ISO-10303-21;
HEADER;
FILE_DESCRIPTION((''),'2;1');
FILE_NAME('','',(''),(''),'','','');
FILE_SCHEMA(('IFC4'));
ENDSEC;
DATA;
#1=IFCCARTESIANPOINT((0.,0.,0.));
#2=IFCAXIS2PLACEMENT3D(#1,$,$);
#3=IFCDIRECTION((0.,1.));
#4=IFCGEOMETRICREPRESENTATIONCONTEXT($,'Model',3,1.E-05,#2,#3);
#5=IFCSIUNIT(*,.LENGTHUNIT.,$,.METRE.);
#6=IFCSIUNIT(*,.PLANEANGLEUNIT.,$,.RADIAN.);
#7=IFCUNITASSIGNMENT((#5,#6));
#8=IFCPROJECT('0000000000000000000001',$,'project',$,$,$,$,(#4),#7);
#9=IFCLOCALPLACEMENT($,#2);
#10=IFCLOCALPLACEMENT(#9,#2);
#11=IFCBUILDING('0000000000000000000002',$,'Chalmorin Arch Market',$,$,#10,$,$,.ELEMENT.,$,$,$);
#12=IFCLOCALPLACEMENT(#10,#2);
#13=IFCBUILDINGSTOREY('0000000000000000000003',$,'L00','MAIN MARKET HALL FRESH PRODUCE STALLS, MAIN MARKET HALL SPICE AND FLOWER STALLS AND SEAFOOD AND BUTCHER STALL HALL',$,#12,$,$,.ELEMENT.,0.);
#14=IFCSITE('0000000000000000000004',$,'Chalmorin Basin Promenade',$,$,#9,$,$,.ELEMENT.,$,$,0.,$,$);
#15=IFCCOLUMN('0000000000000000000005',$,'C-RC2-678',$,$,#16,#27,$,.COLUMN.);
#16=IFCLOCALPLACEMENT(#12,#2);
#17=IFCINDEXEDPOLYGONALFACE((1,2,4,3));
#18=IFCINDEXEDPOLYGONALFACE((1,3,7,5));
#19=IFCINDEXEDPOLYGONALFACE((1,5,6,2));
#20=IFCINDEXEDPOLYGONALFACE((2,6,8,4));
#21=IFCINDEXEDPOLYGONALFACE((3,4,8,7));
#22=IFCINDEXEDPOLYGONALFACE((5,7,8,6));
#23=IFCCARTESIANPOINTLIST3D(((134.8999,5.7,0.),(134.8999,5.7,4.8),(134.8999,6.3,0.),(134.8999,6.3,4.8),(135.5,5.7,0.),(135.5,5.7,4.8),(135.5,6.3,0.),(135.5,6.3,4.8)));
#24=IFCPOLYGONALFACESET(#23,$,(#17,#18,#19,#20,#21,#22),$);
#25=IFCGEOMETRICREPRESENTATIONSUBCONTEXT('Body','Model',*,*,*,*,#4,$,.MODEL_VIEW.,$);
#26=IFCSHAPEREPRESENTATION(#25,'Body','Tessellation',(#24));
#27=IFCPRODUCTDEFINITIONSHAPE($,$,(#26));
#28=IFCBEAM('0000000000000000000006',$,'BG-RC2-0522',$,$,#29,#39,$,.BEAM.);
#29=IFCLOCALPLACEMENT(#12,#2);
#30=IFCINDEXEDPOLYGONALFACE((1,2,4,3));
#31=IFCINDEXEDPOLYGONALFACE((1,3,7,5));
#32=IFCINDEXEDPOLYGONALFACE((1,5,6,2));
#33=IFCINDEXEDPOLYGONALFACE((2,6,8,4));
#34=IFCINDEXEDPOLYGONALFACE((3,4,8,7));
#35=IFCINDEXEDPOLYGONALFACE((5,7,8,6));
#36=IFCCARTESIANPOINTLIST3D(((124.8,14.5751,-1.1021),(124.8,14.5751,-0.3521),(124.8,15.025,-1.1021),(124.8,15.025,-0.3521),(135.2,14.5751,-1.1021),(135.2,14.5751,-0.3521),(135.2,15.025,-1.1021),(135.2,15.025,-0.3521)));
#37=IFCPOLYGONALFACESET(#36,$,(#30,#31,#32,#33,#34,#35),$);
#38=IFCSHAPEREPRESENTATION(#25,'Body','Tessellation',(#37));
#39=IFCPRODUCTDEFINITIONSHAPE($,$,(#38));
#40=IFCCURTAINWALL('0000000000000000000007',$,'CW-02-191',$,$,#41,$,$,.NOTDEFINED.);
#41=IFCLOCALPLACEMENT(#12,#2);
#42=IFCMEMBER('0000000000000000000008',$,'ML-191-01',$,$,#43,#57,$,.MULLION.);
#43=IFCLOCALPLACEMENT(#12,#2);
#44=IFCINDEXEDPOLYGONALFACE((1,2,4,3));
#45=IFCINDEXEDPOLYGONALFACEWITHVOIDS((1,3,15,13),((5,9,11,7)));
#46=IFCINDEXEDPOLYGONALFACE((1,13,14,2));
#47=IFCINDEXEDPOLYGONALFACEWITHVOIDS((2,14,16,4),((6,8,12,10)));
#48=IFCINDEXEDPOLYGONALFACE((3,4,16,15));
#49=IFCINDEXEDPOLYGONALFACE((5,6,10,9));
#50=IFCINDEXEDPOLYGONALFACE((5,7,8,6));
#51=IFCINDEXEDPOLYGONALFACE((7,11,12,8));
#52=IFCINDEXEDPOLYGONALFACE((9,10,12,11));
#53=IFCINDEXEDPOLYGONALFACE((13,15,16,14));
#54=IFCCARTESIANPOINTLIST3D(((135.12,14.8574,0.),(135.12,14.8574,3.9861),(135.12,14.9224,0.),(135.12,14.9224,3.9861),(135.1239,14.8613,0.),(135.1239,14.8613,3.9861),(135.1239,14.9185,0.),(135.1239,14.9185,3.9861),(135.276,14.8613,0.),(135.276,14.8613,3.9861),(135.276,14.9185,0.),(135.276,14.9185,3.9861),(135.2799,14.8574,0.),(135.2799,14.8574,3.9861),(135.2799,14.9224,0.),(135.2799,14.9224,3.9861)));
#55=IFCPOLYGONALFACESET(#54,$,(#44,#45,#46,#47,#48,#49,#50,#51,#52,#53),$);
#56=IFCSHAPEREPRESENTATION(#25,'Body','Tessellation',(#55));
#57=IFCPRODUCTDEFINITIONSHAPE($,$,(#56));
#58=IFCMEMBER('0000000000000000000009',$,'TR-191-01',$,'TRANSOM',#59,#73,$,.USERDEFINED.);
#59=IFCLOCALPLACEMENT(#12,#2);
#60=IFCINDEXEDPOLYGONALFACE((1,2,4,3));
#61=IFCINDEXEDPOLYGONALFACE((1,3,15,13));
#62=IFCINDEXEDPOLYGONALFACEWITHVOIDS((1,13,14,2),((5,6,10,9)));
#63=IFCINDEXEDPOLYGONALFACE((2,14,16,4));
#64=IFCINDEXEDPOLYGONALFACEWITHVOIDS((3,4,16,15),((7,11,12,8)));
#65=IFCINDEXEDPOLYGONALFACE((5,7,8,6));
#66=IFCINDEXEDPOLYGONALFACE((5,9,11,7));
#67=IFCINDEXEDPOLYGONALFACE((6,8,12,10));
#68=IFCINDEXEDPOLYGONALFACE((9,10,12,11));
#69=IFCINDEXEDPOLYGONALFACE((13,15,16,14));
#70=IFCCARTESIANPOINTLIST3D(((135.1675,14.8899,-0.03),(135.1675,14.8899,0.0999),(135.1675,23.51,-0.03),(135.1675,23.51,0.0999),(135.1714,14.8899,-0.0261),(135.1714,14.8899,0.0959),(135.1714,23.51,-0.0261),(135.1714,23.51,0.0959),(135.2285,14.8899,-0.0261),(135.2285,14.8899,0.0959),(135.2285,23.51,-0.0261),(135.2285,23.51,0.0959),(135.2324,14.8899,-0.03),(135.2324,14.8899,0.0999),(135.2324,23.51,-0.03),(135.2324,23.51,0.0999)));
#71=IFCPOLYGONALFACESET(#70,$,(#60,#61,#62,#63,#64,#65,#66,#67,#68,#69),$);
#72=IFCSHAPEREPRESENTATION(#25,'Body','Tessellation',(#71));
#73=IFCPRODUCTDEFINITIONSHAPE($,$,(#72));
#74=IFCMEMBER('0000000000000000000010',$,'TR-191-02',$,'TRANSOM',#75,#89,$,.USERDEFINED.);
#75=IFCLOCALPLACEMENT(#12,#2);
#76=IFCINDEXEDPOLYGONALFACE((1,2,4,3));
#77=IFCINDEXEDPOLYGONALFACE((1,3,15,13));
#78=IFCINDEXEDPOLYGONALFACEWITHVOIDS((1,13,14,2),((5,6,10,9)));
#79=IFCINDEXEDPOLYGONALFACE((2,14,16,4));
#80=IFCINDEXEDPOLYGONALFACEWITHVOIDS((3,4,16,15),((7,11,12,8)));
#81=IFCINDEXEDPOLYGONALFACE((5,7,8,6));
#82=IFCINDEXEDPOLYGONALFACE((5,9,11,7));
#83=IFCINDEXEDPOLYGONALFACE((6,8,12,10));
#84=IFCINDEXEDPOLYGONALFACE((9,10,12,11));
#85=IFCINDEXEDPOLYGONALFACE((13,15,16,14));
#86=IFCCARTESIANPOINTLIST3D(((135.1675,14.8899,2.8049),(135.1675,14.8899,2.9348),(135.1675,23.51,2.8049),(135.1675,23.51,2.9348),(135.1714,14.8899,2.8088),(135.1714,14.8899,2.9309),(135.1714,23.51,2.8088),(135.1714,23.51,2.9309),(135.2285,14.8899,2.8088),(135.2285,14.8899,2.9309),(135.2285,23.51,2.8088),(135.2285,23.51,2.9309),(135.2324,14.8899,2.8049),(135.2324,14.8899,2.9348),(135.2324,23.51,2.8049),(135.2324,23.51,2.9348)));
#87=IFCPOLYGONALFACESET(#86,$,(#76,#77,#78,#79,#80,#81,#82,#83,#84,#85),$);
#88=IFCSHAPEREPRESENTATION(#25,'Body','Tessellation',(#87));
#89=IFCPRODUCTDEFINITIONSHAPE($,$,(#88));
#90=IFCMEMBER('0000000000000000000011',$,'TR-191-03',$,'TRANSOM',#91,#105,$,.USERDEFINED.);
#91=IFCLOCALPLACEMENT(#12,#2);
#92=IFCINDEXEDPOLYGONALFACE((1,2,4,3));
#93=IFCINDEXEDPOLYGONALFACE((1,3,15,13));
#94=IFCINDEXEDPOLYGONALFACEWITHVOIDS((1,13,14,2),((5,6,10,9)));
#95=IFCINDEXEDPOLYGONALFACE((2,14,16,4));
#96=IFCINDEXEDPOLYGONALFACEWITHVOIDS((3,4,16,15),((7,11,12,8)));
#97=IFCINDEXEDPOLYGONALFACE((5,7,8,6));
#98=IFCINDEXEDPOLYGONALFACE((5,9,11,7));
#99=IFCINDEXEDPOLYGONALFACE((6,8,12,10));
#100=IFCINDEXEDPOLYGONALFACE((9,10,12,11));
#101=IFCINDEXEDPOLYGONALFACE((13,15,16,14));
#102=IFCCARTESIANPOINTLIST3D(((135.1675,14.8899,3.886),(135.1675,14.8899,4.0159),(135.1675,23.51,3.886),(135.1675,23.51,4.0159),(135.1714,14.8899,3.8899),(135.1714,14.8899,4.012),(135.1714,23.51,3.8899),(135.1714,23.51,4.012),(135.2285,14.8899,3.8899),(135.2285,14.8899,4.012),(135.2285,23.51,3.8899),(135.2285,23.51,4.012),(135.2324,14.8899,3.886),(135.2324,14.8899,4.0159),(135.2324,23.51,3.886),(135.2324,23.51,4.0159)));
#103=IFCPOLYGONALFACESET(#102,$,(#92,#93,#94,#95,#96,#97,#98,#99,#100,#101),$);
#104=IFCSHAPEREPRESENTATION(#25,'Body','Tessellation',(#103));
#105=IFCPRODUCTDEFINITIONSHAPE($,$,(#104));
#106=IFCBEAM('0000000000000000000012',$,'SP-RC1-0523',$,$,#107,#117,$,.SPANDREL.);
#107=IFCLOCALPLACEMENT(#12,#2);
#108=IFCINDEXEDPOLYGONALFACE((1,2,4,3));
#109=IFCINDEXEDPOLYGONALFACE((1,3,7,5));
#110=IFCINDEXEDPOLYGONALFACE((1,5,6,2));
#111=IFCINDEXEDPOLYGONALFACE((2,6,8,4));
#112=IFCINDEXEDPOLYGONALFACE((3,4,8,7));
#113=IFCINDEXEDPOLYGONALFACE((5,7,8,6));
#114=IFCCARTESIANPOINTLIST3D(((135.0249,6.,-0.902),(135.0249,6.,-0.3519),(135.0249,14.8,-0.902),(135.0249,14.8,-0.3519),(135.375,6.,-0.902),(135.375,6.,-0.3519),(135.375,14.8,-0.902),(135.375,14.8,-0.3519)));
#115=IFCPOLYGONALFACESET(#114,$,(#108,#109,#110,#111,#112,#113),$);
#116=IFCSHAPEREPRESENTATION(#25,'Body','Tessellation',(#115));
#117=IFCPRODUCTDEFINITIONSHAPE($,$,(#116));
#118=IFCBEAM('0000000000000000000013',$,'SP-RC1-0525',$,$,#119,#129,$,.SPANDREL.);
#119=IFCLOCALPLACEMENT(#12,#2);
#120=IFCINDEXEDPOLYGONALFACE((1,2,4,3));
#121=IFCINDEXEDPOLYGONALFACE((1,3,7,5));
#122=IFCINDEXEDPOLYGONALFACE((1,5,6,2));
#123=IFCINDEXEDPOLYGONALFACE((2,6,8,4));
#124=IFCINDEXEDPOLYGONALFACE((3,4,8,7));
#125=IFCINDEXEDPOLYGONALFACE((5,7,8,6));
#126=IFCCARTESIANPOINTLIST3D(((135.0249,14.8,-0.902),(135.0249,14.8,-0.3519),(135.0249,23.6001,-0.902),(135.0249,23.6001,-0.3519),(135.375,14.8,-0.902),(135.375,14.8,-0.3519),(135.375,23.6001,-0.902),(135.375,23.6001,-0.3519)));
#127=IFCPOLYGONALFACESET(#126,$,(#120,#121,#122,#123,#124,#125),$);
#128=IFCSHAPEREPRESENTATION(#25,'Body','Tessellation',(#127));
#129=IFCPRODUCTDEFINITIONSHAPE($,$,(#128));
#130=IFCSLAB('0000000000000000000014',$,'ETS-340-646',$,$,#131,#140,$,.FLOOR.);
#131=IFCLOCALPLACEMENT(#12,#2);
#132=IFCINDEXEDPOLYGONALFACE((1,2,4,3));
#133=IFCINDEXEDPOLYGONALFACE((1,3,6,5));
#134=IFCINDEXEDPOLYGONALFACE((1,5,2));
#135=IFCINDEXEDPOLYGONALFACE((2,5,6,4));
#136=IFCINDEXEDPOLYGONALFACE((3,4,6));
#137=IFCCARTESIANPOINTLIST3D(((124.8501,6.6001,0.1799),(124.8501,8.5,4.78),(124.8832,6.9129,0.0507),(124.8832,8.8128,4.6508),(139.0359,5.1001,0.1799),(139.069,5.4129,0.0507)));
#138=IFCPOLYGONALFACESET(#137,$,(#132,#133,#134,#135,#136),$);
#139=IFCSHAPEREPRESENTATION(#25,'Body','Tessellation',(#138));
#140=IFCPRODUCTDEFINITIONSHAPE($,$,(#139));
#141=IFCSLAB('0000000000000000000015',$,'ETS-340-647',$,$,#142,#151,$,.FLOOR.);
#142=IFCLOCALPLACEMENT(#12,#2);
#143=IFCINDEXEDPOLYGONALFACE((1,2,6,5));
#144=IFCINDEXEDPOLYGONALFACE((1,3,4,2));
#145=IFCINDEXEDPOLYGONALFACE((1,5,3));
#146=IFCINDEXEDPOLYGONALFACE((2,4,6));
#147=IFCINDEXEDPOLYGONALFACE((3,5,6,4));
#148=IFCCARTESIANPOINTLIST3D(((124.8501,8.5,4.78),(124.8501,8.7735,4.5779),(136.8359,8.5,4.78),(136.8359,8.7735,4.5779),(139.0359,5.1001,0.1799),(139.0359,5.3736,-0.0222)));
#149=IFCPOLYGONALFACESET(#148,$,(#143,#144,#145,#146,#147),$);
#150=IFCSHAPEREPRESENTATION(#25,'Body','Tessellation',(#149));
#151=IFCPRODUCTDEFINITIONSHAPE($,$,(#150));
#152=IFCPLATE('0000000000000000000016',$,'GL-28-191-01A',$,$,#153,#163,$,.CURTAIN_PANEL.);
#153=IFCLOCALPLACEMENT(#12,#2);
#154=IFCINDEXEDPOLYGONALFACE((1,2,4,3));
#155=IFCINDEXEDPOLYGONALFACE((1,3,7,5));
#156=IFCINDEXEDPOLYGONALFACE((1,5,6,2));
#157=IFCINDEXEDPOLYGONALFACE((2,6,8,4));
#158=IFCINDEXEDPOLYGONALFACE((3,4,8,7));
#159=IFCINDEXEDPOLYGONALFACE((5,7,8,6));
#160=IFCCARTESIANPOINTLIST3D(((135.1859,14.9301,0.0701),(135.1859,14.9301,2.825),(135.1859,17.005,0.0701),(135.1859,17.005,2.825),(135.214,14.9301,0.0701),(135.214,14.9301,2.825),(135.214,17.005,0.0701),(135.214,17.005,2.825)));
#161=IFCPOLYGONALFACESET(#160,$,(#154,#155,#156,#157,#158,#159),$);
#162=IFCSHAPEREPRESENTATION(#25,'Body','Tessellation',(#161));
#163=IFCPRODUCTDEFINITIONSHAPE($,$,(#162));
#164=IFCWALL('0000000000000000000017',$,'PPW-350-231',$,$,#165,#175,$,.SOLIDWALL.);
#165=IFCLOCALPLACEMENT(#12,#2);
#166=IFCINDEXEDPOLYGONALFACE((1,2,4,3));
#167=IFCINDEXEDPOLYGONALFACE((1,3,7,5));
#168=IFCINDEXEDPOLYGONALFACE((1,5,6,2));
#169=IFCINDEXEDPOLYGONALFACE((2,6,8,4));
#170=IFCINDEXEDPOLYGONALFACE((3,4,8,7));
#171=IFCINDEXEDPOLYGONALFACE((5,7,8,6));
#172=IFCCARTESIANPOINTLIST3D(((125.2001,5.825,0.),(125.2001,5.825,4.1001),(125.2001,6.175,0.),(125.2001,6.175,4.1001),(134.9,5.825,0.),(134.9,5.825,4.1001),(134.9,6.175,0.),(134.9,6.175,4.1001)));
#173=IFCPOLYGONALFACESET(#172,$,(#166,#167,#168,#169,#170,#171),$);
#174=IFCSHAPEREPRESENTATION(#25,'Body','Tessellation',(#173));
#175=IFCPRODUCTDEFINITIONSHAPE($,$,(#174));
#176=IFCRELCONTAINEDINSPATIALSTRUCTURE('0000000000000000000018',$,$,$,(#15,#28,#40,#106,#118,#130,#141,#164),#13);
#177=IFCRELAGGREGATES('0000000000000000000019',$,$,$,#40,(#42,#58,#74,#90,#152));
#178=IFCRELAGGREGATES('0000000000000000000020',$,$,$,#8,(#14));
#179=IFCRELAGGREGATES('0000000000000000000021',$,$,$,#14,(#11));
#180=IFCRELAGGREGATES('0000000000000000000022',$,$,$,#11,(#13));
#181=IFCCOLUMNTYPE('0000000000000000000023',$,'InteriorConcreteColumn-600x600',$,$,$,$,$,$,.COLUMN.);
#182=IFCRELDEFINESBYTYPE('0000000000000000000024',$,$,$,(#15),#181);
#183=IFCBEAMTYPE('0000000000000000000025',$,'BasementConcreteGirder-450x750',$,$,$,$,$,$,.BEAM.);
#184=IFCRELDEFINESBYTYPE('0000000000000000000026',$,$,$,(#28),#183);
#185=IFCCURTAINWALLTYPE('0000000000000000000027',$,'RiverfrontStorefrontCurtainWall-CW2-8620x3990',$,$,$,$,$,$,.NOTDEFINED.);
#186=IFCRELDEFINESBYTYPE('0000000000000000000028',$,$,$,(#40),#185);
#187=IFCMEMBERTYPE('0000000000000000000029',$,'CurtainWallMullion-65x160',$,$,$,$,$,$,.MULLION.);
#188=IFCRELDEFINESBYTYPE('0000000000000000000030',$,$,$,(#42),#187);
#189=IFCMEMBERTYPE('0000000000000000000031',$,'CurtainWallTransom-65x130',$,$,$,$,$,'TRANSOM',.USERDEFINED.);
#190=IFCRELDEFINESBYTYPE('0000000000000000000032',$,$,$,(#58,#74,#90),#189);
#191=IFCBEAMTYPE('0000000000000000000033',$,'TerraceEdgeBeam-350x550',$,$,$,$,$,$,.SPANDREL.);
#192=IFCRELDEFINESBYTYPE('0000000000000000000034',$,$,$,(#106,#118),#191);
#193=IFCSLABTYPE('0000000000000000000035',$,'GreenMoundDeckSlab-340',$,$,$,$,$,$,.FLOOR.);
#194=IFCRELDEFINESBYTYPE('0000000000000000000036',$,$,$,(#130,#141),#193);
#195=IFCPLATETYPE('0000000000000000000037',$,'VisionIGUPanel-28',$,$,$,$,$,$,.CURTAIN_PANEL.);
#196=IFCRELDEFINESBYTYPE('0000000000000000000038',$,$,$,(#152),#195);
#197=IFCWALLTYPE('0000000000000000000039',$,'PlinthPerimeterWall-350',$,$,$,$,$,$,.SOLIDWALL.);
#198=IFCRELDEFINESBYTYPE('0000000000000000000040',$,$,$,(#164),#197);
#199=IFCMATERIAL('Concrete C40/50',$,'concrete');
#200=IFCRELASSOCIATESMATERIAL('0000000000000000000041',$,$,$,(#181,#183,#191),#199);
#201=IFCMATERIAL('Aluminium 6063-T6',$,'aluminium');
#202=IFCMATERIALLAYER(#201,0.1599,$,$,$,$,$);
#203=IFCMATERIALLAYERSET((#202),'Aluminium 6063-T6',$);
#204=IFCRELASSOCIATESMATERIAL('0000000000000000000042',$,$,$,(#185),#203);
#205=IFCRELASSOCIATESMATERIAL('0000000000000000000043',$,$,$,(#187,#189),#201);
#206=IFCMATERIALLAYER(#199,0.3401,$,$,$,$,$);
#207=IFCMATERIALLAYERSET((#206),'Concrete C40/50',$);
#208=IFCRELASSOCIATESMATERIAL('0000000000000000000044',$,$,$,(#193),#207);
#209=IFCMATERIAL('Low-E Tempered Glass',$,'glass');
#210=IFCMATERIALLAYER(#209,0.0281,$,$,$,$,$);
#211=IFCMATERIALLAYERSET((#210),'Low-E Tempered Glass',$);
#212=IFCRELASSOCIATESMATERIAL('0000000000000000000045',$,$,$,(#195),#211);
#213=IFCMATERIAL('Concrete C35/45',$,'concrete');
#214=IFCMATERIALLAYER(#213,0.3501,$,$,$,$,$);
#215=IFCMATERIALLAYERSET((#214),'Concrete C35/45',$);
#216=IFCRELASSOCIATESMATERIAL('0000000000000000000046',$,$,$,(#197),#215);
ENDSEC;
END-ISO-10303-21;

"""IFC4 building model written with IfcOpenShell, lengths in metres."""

from ifc_helpers import new_model, si_unit, direction, frame, frame_2d, origin, origin_2d, place, context, subcontext, project, spatial, polyline, rectangle, hollow_rectangle, outline, extrude, material, layer, layer_set, material_profile, profile_set, type_object, element, aggregate, save


model = new_model("IFC4")

# Units and contexts
model_context = context("Model", 3, precision=1e-05, world=origin(), true_north=direction((0.0, 1.0)))
body_context = subcontext(model_context, "Body", "Model", "MODEL_VIEW")
ifc_project = project(units=[si_unit("LENGTHUNIT", "METRE"), si_unit("PLANEANGLEUNIT", "RADIAN")], contexts=[model_context])

# Site, building, storey
site_placement = place(None, origin())
site = spatial("IfcSite", under=ifc_project, at=site_placement, Name="Chalmorin Basin Promenade", CompositionType="ELEMENT", RefElevation=0.0)
building_placement = place(site_placement, origin())
building = spatial("IfcBuilding", under=site, at=building_placement, Name="Chalmorin Arch Market", CompositionType="ELEMENT")
storey_placement = place(building_placement, origin())
storey = spatial("IfcBuildingStorey", under=building, at=storey_placement, Name="L00", Description="MAIN MARKET HALL FRESH PRODUCE STALLS, MAIN MARKET HALL SPICE AND FLOWER STALLS AND SEAFOOD AND BUTCHER STALL HALL", CompositionType="ELEMENT", Elevation=0.0)

# Column
ifc_material_1 = material(Name="Concrete C40/50", Category="concrete")
ifc_material_profile_1 = material_profile(ifc_material_1, rectangle(XDim=0.6001, YDim=0.6001, at=origin_2d()), Name="RC600X600")
ifc_profile_set_1 = profile_set([ifc_material_profile_1], Name="Concrete C40/50")
column_type = type_object("IfcColumnType", Name="InteriorConcreteColumn-600x600", PredefinedType="COLUMN", material=ifc_profile_set_1)
column_placement = place(storey_placement, frame((135.2, 6.0, 0.0), z_axis=(0.0, 0.0, 1.0), x_axis=(1.0, 0.0, 0.0)))
element("IfcColumn", 1, at=column_placement, inside=storey, type_object=column_type, Name="C-RC2-678", PredefinedType="COLUMN", context=body_context, shape_type="SweptSolid", body=[
    extrude(rectangle(XDim=0.6001, YDim=0.6001, at=origin_2d()), origin(), (0.0, 0.0, 1.0), 4.8),
])

# Beam
ifc_material_profile_2 = material_profile(ifc_material_1, rectangle(XDim=0.45, YDim=0.75, at=origin_2d()), Name="RC450X750")
ifc_profile_set_2 = profile_set([ifc_material_profile_2], Name="Concrete C40/50")
beam_type_1 = type_object("IfcBeamType", Name="BasementConcreteGirder-450x750", PredefinedType="BEAM", material=ifc_profile_set_2)
beam_placement = place(storey_placement, frame((124.8, 14.8, -0.7271), z_axis=(1.0, 0.0, 0.0), x_axis=(0.0, 1.0, 0.0)))
element("IfcBeam", 2, at=beam_placement, inside=storey, type_object=beam_type_1, Name="BG-RC2-0522", PredefinedType="BEAM", context=body_context, shape_type="SweptSolid", body=[
    extrude(rectangle(XDim=0.45, YDim=0.75, at=origin_2d()), origin(), (0.0, 0.0, 1.0), 10.3999),
])

# Curtain wall, members
ifc_material_2 = material(Name="Aluminium 6063-T6", Category="aluminium")
ifc_layer_1 = layer(ifc_material_2, 0.1599)
ifc_layer_set_1 = layer_set([ifc_layer_1], Name="Aluminium 6063-T6")
curtain_wall_type = type_object("IfcCurtainWallType", Name="RiverfrontStorefrontCurtainWall-CW2-8620x3990", PredefinedType="NOTDEFINED", material=ifc_layer_set_1)
curtain_wall_placement = place(storey_placement, origin())
curtain_wall = element("IfcCurtainWall", 3, at=curtain_wall_placement, inside=storey, type_object=curtain_wall_type, Name="CW-02-191", PredefinedType="NOTDEFINED")
ifc_material_profile_3 = material_profile(ifc_material_2, hollow_rectangle(XDim=0.0649, YDim=0.1599, WallThickness=0.0039, at=origin_2d()), Name="ALU65X160X4")
ifc_profile_set_3 = profile_set([ifc_material_profile_3], Name="Aluminium 6063-T6")
member_type_1 = type_object("IfcMemberType", Name="CurtainWallMullion-65x160", PredefinedType="MULLION", material=ifc_profile_set_3)
member_1_placement = place(storey_placement, frame((135.2, 14.8899, 0.0), z_axis=(0.0, 0.0, 1.0), x_axis=(0.0, 1.0, 0.0)))
member_1 = element("IfcMember", 4, at=member_1_placement, type_object=member_type_1, Name="ML-191-01", PredefinedType="MULLION", context=body_context, shape_type="SweptSolid", body=[
    extrude(hollow_rectangle(XDim=0.0649, YDim=0.1599, WallThickness=0.0039, at=origin_2d()), origin(), (0.0, 0.0, 1.0), 3.9861),
])
ifc_material_profile_4 = material_profile(ifc_material_2, hollow_rectangle(XDim=0.0649, YDim=0.1299, WallThickness=0.0039, at=origin_2d()), Name="ALU65X130X4")
ifc_profile_set_4 = profile_set([ifc_material_profile_4], Name="Aluminium 6063-T6")
member_type_2 = type_object("IfcMemberType", Name="CurtainWallTransom-65x130", ElementType="TRANSOM", PredefinedType="USERDEFINED", material=ifc_profile_set_4)
member_2_placement = place(storey_placement, frame((135.2, 14.8899, 0.0349), z_axis=(0.0, 1.0, 0.0), x_axis=(-1.0, 0.0, 0.0)))
member_2 = element("IfcMember", 5, at=member_2_placement, type_object=member_type_2, Name="TR-191-01", ObjectType="TRANSOM", PredefinedType="USERDEFINED", context=body_context, shape_type="SweptSolid", body=[
    extrude(hollow_rectangle(XDim=0.0649, YDim=0.1299, WallThickness=0.0039, at=origin_2d()), origin(), (0.0, 0.0, 1.0), 8.6201),
])
member_3_placement = place(storey_placement, frame((135.2, 14.8899, 2.8699), z_axis=(0.0, 1.0, 0.0), x_axis=(-1.0, 0.0, 0.0)))
member_3 = element("IfcMember", 6, at=member_3_placement, type_object=member_type_2, Name="TR-191-02", ObjectType="TRANSOM", PredefinedType="USERDEFINED", context=body_context, shape_type="SweptSolid", body=[
    extrude(hollow_rectangle(XDim=0.0649, YDim=0.1299, WallThickness=0.0039, at=origin_2d()), origin(), (0.0, 0.0, 1.0), 8.6201),
])
member_4_placement = place(storey_placement, frame((135.2, 14.8899, 3.9509), z_axis=(0.0, 1.0, 0.0), x_axis=(-1.0, 0.0, 0.0)))
member_4 = element("IfcMember", 7, at=member_4_placement, type_object=member_type_2, Name="TR-191-03", ObjectType="TRANSOM", PredefinedType="USERDEFINED", context=body_context, shape_type="SweptSolid", body=[
    extrude(hollow_rectangle(XDim=0.0649, YDim=0.1299, WallThickness=0.0039, at=origin_2d()), origin(), (0.0, 0.0, 1.0), 8.6201),
])

# Beams
ifc_material_profile_5 = material_profile(ifc_material_1, rectangle(XDim=0.3501, YDim=0.55, at=origin_2d()), Name="RC350X550")
ifc_profile_set_5 = profile_set([ifc_material_profile_5], Name="Concrete C40/50")
beam_type_2 = type_object("IfcBeamType", Name="TerraceEdgeBeam-350x550", PredefinedType="SPANDREL", material=ifc_profile_set_5)
for number, where, z_axis, x_axis, name in (
    (8, (135.2, 6.0, -0.627), (0.0, 1.0, 0.0), (-1.0, 0.0, 0.0), "SP-RC1-0523"),
    (9, (135.2, 14.8, -0.627), (0.0, 1.0, 0.0), (-1.0, 0.0, 0.0), "SP-RC1-0525"),
):
    element("IfcBeam", number, at=place(storey_placement, frame(where, z_axis=z_axis, x_axis=x_axis)), inside=storey, type_object=beam_type_2, Name=name, PredefinedType="SPANDREL", context=body_context, shape_type="SweptSolid", body=[
        extrude(rectangle(XDim=0.3501, YDim=0.55, at=origin_2d()), origin(), (0.0, 0.0, 1.0), 8.8),
    ])

# Slabs
ifc_layer_2 = layer(ifc_material_1, 0.3401)
ifc_layer_set_2 = layer_set([ifc_layer_2], Name="Concrete C40/50")
slab_type = type_object("IfcSlabType", Name="GreenMoundDeckSlab-340", PredefinedType="FLOOR", material=ifc_layer_set_2)
slab_1_placement = place(storey_placement, frame((124.8501, 8.5, 4.78), z_axis=(-0.097269, -0.919888, 0.379926), x_axis=(0.0, -0.381736, -0.924271)))
element("IfcSlab", 10, at=slab_1_placement, inside=storey, type_object=slab_type, Name="ETS-340-646", PredefinedType="FLOOR", context=body_context, shape_type="SweptSolid", body=[
    extrude(outline(polyline([(0.0, 0.0), (4.977, 0.0), (5.5496, 14.2534), (0.0, 0.0)])), origin(), (0.0, 0.0, -1.0), 0.3401),
])
slab_2_placement = place(storey_placement, frame((136.8359, 8.5, 4.78), z_axis=(0.0, -0.80419, 0.594372), x_axis=(-1.0, 0.0, 0.0)))
element("IfcSlab", 11, at=slab_2_placement, inside=storey, type_object=slab_type, Name="ETS-340-647", PredefinedType="FLOOR", context=body_context, shape_type="SweptSolid", body=[
    extrude(outline(polyline([(0.0, 0.0), (11.9858, 0.0), (-2.2, 5.7202), (0.0, 0.0)])), origin(), (0.0, 0.0, -1.0), 0.3401),
])

# Plate
ifc_material_3 = material(Name="Low-E Tempered Glass", Category="glass")
ifc_layer_3 = layer(ifc_material_3, 0.0281)
ifc_layer_set_3 = layer_set([ifc_layer_3], Name="Low-E Tempered Glass")
plate_type = type_object("IfcPlateType", Name="VisionIGUPanel-28", PredefinedType="CURTAIN_PANEL", material=ifc_layer_set_3)
plate_placement = place(storey_placement, frame((135.2, 15.9675, 0.0701), z_axis=(0.0, 0.0, 1.0), x_axis=(0.0, 1.0, 0.0)))
plate = element("IfcPlate", 12, at=plate_placement, type_object=plate_type, Name="GL-28-191-01A", PredefinedType="CURTAIN_PANEL", context=body_context, shape_type="SweptSolid", body=[
    extrude(rectangle(XDim=2.075, YDim=0.0281, at=origin_2d()), origin(), (0.0, 0.0, 1.0), 2.7549),
])
aggregate(curtain_wall, [member_1, member_2, member_3, member_4, plate])

# Shared definitions
ifc_material_4 = material(Name="Concrete C35/45", Category="concrete")
ifc_layer_4 = layer(ifc_material_4, 0.3501)
ifc_layer_set_4 = layer_set([ifc_layer_4], Name="Concrete C35/45")
wall_type_1 = type_object("IfcWallType", Name="PlinthPerimeterWall-350", PredefinedType="SOLIDWALL", material=ifc_layer_set_4)

# Wall
wall_1_placement = place(storey_placement, frame((125.2, 6.0, 0.0), z_axis=(0.0, 0.0, 1.0), x_axis=(1.0, 0.0, 0.0)))
element("IfcWall", 13, at=wall_1_placement, inside=storey, type_object=wall_type_1, Name="PPW-350-231", PredefinedType="SOLIDWALL", context=body_context, shape_type="SweptSolid", body=[
    extrude(rectangle(XDim=9.7, YDim=0.3501, at=frame_2d((4.8501, 0.0))), origin(), (0.0, 0.0, 1.0), 4.1001),
])

save(model, "model.ifc")
